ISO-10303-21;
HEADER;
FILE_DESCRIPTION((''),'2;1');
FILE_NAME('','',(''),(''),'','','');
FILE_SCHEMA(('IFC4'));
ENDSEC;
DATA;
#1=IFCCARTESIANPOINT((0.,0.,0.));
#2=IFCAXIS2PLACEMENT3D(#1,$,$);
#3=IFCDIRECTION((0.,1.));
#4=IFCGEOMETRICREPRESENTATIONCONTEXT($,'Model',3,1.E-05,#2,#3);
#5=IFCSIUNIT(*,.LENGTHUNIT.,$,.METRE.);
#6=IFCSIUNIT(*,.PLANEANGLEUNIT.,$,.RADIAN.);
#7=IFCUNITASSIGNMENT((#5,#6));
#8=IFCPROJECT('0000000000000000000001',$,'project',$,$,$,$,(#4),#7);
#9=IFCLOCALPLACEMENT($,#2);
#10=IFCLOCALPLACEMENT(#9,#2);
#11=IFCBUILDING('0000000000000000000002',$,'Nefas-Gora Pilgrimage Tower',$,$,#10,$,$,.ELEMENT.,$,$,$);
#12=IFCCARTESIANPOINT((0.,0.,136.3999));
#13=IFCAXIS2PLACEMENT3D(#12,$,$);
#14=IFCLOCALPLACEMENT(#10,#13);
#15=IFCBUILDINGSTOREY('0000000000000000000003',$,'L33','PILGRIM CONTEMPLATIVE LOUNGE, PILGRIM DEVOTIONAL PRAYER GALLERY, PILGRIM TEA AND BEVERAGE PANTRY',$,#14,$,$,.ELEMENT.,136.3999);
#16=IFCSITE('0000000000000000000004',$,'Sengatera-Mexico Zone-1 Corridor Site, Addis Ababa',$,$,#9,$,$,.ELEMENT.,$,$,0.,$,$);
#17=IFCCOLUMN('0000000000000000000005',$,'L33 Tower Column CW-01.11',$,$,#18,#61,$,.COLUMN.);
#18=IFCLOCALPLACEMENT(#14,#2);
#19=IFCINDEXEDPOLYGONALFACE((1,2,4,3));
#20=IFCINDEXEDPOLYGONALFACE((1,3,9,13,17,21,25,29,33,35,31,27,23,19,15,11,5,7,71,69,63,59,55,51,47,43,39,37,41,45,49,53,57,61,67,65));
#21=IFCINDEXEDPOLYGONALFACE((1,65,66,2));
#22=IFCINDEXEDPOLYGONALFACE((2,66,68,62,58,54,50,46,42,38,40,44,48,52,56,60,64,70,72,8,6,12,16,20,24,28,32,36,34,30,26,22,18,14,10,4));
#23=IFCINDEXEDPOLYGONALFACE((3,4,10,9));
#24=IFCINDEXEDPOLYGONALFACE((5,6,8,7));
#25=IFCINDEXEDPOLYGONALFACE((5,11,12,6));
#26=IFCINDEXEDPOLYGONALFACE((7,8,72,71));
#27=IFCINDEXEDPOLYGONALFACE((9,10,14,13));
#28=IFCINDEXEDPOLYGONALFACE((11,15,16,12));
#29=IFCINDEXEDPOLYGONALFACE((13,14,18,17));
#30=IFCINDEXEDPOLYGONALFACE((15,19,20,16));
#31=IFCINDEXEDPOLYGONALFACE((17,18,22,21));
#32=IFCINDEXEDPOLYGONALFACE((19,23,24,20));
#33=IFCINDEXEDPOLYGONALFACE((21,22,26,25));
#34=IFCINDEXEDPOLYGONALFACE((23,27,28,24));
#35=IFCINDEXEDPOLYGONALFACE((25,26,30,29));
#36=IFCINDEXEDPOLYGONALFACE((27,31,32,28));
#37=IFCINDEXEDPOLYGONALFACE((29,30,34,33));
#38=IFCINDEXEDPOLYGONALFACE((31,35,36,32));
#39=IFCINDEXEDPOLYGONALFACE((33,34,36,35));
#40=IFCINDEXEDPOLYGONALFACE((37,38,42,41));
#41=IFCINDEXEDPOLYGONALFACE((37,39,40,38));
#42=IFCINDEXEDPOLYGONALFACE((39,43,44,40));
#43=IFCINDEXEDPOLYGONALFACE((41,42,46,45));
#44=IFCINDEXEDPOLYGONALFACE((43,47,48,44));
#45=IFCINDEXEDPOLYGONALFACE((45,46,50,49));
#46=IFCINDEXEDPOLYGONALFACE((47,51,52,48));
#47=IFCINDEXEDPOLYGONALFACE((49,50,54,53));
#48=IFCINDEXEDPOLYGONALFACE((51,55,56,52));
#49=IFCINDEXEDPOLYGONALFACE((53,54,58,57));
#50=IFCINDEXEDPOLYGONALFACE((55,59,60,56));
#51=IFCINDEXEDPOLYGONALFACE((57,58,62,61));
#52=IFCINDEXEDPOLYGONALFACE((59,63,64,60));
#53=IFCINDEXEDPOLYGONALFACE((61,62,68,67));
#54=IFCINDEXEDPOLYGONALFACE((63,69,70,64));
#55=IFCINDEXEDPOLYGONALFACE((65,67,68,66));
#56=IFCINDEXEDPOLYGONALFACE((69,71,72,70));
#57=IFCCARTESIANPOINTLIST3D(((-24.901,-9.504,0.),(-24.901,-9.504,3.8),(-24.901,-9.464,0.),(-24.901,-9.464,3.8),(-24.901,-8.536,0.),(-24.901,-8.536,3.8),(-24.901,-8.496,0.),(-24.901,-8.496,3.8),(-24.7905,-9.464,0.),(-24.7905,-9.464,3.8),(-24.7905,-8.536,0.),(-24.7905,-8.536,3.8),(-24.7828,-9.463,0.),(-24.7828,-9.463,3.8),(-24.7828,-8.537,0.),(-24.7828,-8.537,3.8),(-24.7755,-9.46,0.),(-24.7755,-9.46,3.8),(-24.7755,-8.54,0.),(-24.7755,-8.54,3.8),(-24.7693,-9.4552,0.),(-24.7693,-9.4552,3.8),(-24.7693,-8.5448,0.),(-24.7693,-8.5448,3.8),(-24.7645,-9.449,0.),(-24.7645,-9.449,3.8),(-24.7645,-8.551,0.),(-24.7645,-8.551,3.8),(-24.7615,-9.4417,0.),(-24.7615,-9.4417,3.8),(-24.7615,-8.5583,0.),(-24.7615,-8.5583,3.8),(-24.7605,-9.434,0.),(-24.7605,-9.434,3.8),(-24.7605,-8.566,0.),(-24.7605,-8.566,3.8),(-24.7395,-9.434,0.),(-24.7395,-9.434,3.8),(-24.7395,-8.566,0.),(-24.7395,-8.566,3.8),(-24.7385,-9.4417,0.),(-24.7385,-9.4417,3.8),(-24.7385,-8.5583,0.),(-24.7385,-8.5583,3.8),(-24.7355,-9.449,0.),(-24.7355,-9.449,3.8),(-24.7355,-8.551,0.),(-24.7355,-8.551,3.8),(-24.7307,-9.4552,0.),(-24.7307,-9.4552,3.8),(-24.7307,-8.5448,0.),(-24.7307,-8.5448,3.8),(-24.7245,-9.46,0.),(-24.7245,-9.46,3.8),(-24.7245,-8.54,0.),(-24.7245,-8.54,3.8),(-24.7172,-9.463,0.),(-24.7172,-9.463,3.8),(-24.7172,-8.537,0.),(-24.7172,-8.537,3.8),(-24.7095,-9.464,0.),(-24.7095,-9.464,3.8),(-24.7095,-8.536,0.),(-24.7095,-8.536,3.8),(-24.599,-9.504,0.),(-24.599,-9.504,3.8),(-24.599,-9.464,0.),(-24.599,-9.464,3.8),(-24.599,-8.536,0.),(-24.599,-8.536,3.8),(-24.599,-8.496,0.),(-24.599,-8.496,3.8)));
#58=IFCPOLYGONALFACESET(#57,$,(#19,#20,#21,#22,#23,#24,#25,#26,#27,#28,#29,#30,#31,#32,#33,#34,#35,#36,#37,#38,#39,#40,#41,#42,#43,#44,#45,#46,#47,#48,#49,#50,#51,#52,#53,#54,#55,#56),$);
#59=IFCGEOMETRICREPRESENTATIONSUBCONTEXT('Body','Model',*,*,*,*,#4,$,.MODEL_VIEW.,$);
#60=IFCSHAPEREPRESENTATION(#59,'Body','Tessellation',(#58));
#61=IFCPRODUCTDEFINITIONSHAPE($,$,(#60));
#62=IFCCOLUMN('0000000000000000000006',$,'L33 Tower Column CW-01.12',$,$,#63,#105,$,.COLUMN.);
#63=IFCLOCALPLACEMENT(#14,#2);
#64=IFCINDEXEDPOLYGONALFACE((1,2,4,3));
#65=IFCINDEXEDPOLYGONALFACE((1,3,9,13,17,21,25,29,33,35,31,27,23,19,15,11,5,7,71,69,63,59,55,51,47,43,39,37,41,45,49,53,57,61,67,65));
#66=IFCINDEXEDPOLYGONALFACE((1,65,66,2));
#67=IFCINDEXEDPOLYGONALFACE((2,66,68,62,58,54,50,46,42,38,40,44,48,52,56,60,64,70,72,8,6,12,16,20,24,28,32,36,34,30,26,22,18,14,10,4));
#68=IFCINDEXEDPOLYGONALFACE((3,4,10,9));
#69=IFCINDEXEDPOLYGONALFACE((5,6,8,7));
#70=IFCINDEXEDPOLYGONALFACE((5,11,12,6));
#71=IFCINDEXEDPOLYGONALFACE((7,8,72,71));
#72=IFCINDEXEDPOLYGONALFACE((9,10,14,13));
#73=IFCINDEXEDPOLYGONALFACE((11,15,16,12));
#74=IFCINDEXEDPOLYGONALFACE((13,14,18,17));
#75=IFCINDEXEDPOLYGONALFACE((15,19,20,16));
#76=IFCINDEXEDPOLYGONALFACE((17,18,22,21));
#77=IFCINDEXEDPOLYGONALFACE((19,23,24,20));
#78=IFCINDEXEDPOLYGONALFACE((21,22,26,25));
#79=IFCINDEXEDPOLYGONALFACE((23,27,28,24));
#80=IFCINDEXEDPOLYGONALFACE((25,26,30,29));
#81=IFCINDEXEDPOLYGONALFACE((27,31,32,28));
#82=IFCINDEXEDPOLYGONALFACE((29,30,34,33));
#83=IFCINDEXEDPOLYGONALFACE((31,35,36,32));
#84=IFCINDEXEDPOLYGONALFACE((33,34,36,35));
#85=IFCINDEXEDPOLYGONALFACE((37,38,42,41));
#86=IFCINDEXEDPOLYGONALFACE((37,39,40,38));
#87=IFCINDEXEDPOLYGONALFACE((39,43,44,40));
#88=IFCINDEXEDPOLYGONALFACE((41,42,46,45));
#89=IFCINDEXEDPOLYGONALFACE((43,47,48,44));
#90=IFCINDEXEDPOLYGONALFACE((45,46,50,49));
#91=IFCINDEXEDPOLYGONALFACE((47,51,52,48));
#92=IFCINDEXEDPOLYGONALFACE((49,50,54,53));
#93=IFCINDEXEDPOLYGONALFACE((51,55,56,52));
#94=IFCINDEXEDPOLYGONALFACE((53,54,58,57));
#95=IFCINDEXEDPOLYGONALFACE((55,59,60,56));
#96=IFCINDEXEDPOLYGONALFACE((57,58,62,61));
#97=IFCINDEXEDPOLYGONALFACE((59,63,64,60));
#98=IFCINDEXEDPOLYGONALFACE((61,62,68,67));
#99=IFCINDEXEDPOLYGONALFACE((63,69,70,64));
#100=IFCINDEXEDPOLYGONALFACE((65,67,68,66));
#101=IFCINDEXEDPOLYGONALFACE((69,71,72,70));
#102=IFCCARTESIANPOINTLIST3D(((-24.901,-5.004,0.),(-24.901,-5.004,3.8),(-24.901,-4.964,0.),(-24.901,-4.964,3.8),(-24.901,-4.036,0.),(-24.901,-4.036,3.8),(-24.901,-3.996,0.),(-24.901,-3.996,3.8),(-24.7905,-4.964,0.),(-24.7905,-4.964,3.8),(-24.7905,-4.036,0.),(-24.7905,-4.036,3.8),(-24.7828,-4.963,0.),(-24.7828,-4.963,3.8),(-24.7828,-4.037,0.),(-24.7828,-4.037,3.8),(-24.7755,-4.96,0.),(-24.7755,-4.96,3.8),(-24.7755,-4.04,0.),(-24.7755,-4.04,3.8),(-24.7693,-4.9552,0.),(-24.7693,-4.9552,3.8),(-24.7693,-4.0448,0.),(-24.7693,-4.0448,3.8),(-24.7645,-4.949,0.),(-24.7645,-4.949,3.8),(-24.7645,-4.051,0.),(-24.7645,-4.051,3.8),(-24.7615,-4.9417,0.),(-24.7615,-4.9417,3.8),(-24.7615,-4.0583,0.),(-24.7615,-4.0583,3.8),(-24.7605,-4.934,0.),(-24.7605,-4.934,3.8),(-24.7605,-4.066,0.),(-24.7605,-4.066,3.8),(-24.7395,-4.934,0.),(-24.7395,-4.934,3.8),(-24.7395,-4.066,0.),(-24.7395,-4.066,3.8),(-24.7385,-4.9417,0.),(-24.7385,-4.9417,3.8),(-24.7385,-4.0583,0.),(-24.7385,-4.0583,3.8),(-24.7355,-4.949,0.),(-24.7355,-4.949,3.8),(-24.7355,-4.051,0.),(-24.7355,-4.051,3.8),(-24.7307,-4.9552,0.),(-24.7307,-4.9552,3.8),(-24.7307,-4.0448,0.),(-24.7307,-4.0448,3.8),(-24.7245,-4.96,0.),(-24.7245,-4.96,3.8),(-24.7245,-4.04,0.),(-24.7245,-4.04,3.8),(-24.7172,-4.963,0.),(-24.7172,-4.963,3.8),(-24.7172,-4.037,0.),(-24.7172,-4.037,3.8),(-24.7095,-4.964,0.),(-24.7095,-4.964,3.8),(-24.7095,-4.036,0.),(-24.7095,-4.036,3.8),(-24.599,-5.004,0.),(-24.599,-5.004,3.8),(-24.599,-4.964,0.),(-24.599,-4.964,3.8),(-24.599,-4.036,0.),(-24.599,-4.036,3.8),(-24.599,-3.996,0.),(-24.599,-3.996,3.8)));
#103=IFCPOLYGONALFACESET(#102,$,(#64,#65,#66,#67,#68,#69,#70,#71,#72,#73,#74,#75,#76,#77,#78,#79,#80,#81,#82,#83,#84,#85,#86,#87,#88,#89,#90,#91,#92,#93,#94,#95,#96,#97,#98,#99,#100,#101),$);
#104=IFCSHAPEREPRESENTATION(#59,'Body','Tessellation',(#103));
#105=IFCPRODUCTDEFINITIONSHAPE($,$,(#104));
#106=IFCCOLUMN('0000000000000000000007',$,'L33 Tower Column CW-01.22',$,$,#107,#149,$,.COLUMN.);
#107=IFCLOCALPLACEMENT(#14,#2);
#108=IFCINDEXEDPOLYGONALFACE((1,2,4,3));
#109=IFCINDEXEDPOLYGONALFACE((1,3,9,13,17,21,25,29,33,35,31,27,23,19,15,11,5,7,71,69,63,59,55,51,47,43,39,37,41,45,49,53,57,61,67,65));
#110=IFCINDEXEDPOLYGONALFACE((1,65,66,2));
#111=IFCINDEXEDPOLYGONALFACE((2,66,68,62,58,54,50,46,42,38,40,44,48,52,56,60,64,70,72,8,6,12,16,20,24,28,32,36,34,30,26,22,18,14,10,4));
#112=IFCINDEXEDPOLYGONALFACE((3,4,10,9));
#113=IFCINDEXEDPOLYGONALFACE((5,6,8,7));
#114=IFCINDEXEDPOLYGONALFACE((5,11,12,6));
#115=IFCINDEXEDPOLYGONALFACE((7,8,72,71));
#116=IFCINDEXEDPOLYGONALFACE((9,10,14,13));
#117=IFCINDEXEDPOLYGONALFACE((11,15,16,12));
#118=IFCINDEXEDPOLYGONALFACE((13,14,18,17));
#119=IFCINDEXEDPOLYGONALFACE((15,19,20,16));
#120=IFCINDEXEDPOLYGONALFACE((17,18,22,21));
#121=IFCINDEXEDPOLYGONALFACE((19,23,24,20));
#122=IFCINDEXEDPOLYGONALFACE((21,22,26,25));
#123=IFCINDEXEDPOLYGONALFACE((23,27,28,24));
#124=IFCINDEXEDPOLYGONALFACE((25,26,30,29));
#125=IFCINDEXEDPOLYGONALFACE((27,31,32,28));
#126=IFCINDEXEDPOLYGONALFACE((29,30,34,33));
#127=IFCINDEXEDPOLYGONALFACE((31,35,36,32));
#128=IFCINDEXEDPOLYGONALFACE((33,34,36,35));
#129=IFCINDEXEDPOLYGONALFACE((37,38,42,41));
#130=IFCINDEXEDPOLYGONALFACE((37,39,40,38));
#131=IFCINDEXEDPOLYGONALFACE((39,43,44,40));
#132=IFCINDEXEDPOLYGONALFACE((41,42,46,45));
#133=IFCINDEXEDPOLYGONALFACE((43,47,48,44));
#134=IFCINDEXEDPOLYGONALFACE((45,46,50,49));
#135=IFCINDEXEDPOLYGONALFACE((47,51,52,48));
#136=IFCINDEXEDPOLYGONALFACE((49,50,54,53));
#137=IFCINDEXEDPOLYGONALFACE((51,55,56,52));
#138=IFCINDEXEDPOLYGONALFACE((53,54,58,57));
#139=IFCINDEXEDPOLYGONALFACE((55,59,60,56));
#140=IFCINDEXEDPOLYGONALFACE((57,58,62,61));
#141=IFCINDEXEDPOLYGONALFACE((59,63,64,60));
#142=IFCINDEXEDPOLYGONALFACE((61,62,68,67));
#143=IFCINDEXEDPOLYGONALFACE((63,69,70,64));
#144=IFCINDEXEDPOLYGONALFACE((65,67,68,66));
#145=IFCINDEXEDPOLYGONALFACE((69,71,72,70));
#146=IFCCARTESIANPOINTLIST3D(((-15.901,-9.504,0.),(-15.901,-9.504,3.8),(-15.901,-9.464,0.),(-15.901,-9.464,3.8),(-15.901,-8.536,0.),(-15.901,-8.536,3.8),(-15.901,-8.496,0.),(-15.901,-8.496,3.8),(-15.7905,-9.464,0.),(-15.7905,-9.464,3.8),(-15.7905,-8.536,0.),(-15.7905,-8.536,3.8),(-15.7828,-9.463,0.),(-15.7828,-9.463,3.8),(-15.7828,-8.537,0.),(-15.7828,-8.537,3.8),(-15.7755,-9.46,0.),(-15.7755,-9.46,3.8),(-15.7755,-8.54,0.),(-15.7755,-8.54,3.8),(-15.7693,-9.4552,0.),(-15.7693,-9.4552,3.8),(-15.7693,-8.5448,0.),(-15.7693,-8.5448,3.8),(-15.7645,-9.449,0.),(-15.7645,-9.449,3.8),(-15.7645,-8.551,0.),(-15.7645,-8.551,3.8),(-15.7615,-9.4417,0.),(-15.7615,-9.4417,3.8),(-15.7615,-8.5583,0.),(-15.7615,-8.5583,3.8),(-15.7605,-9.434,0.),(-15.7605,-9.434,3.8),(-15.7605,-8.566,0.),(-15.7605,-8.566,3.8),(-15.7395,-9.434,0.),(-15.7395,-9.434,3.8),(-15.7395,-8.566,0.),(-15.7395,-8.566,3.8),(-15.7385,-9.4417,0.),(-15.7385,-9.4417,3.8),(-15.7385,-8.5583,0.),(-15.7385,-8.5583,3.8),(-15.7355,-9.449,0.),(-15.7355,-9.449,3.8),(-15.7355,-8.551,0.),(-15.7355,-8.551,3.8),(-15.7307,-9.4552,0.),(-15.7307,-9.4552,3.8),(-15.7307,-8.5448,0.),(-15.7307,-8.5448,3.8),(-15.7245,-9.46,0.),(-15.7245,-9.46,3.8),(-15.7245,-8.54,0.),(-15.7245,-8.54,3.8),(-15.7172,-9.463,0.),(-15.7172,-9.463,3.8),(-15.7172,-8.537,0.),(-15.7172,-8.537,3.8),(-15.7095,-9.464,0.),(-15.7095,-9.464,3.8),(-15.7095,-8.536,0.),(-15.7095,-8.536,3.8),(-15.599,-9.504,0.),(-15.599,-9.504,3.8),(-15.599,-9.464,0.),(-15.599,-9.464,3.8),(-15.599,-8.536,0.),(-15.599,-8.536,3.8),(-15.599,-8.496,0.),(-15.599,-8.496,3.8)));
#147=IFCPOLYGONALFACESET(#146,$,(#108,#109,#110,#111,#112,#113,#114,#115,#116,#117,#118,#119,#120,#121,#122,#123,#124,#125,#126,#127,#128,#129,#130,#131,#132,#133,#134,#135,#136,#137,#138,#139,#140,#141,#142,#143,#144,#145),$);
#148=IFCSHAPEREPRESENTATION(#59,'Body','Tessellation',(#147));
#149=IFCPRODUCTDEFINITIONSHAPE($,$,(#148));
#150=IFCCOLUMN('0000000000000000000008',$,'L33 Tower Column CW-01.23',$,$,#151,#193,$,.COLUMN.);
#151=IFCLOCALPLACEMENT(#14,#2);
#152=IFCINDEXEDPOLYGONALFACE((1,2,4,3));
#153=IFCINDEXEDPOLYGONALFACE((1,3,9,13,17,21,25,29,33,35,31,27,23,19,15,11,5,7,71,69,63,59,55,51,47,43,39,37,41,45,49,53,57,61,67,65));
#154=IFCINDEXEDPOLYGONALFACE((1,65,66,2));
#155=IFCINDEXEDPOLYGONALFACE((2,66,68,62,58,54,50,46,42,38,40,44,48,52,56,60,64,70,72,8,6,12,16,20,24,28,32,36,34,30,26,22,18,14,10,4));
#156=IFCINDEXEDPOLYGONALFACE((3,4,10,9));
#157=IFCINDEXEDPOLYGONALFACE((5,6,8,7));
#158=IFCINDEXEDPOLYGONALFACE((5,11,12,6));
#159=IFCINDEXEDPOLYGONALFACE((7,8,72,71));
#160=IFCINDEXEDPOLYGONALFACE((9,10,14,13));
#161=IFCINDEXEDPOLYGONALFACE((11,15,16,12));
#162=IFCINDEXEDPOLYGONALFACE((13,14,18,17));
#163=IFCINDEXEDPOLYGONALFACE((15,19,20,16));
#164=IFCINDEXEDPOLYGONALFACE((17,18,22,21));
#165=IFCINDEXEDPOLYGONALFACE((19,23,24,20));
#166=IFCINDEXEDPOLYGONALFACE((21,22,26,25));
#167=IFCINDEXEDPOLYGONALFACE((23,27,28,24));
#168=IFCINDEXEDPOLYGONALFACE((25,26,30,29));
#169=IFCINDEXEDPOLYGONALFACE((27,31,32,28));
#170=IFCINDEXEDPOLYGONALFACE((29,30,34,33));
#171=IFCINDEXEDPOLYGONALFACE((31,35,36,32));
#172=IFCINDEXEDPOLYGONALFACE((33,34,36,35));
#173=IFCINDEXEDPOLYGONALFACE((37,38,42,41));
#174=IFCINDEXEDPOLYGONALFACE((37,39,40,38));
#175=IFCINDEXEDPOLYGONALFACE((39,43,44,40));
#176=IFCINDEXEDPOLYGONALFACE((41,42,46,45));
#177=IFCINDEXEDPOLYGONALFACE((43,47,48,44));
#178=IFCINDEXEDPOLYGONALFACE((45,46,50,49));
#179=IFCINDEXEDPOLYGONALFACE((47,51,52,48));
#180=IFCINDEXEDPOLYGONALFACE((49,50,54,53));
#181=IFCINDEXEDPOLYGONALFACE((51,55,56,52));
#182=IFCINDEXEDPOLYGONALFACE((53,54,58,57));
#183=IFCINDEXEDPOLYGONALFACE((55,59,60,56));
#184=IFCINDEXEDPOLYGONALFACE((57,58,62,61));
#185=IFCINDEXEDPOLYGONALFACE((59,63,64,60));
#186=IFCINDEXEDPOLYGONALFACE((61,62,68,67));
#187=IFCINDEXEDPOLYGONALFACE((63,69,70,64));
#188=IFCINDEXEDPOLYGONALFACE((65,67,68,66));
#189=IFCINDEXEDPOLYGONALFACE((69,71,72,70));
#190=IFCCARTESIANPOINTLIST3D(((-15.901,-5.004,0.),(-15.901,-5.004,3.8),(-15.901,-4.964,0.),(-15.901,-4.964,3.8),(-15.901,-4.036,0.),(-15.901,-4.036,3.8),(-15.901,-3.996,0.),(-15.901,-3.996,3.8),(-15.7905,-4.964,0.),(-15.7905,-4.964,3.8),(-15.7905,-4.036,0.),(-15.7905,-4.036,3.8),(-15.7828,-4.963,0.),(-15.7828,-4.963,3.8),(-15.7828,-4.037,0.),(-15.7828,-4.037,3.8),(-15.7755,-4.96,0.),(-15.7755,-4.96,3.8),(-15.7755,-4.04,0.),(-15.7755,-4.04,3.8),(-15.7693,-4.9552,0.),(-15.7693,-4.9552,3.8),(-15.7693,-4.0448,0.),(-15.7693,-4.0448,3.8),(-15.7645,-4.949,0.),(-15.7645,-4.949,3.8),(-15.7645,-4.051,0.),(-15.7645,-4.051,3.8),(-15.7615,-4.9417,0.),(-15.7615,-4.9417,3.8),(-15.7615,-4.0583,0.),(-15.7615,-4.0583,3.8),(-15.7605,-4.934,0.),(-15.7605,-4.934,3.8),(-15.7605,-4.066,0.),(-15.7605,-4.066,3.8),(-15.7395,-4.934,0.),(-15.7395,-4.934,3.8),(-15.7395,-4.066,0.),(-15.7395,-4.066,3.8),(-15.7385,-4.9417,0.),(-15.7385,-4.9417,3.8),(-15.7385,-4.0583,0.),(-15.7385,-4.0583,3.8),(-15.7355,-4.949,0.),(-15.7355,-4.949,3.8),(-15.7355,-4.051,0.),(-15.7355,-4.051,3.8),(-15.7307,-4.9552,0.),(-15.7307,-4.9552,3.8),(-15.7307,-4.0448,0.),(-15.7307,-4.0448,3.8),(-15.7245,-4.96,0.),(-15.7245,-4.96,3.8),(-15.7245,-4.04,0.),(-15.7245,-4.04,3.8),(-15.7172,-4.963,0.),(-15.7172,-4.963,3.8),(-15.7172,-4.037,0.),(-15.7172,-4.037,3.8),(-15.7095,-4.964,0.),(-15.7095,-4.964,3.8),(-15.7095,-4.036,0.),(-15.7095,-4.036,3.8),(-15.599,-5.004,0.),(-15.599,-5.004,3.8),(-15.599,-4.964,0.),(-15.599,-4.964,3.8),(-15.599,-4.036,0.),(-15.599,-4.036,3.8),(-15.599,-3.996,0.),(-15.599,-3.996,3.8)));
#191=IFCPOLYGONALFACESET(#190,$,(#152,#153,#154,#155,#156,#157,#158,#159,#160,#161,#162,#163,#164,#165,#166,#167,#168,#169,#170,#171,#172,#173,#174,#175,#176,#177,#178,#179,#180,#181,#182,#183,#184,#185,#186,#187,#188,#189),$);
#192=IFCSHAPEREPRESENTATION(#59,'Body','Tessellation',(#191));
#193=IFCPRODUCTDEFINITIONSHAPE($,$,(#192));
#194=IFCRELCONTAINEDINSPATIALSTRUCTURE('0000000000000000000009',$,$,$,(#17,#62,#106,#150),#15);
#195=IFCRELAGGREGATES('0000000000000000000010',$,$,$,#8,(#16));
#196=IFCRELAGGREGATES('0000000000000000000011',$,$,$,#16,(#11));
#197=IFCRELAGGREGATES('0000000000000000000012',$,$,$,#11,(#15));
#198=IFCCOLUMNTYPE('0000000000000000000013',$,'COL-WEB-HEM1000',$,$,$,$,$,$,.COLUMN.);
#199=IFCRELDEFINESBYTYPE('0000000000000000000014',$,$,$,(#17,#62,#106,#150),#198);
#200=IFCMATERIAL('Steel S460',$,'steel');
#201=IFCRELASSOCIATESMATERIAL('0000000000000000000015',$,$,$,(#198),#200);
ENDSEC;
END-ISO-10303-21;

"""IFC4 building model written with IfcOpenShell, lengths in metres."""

from ifc_helpers import new_model, si_unit, direction, frame, origin, origin_2d, place, context, subcontext, project, spatial, i_section, extrude, source, transform, mapped, material, material_profile, profile_set, type_object, element, save


model = new_model("IFC4")

# Units and contexts
model_context = context("Model", 3, precision=1e-05, world=origin(), true_north=direction((0.0, 1.0)))
body_context = subcontext(model_context, "Body", "Model", "MODEL_VIEW")
ifc_project = project(units=[si_unit("LENGTHUNIT", "METRE"), si_unit("PLANEANGLEUNIT", "RADIAN")], contexts=[model_context])

# Site, building, storey
site_placement = place(None, origin())
site = spatial("IfcSite", under=ifc_project, at=site_placement, Name="Sengatera-Mexico Zone-1 Corridor Site, Addis Ababa", CompositionType="ELEMENT", RefElevation=0.0)
building_placement = place(site_placement, origin())
building = spatial("IfcBuilding", under=site, at=building_placement, Name="Nefas-Gora Pilgrimage Tower", CompositionType="ELEMENT")
storey_placement = place(building_placement, frame((0.0, 0.0, 136.3999)))
storey = spatial("IfcBuildingStorey", under=building, at=storey_placement, Name="L33", Description="PILGRIM CONTEMPLATIVE LOUNGE, PILGRIM DEVOTIONAL PRAYER GALLERY, PILGRIM TEA AND BEVERAGE PANTRY", CompositionType="ELEMENT", Elevation=136.3999)

# Columns
ifc_material_1 = material(Name="Steel S460", Category="steel")
ifc_material_profile_1 = material_profile(ifc_material_1, i_section(OverallWidth=0.302, OverallDepth=1.0081, WebThickness=0.021, FlangeThickness=0.04, FilletRadius=0.03, at=origin_2d()), Name="HEM 1000")
ifc_profile_set_1 = profile_set([ifc_material_profile_1], Name="Steel S460")
column_type_1 = type_object("IfcColumnType", Name="COL-WEB-HEM1000", PredefinedType="COLUMN", material=ifc_profile_set_1)
shared_shape_1 = source(origin(), body_context, "Body", "SweptSolid", [
    extrude(i_section(OverallWidth=0.302, OverallDepth=1.0081, WebThickness=0.021, FlangeThickness=0.04, FilletRadius=0.03, at=origin_2d()), origin(), (0.0, 0.0, 1.0), 3.8),
])
for number, where, z_axis, x_axis, name in (
    (1, (-24.75, -9.0, 0.0), (0.0, 0.0, 1.0), (1.0, 0.0, 0.0), "L33 Tower Column CW-01.11"),
    (2, (-24.75, -4.5, 0.0), (0.0, 0.0, 1.0), (1.0, 0.0, 0.0), "L33 Tower Column CW-01.12"),
    (3, (-15.75, -9.0, 0.0), (0.0, 0.0, 1.0), (1.0, 0.0, 0.0), "L33 Tower Column CW-01.22"),
    (4, (-15.75, -4.5, 0.0), (0.0, 0.0, 1.0), (1.0, 0.0, 0.0), "L33 Tower Column CW-01.23"),
):
    element("IfcColumn", number, at=place(storey_placement, frame(where, z_axis=z_axis, x_axis=x_axis)), inside=storey, type_object=column_type_1, Name=name, PredefinedType="COLUMN", context=body_context, shape_type="MappedRepresentation", body=[
        mapped(shared_shape_1, transform((0.0, 0.0, 0.0), x_axis=(1.0, 0.0, 0.0), y_axis=(0.0, 1.0, 0.0), z_axis=(0.0, 0.0, 1.0), scale=1.0)),
    ])

save(model, "model.ifc")
